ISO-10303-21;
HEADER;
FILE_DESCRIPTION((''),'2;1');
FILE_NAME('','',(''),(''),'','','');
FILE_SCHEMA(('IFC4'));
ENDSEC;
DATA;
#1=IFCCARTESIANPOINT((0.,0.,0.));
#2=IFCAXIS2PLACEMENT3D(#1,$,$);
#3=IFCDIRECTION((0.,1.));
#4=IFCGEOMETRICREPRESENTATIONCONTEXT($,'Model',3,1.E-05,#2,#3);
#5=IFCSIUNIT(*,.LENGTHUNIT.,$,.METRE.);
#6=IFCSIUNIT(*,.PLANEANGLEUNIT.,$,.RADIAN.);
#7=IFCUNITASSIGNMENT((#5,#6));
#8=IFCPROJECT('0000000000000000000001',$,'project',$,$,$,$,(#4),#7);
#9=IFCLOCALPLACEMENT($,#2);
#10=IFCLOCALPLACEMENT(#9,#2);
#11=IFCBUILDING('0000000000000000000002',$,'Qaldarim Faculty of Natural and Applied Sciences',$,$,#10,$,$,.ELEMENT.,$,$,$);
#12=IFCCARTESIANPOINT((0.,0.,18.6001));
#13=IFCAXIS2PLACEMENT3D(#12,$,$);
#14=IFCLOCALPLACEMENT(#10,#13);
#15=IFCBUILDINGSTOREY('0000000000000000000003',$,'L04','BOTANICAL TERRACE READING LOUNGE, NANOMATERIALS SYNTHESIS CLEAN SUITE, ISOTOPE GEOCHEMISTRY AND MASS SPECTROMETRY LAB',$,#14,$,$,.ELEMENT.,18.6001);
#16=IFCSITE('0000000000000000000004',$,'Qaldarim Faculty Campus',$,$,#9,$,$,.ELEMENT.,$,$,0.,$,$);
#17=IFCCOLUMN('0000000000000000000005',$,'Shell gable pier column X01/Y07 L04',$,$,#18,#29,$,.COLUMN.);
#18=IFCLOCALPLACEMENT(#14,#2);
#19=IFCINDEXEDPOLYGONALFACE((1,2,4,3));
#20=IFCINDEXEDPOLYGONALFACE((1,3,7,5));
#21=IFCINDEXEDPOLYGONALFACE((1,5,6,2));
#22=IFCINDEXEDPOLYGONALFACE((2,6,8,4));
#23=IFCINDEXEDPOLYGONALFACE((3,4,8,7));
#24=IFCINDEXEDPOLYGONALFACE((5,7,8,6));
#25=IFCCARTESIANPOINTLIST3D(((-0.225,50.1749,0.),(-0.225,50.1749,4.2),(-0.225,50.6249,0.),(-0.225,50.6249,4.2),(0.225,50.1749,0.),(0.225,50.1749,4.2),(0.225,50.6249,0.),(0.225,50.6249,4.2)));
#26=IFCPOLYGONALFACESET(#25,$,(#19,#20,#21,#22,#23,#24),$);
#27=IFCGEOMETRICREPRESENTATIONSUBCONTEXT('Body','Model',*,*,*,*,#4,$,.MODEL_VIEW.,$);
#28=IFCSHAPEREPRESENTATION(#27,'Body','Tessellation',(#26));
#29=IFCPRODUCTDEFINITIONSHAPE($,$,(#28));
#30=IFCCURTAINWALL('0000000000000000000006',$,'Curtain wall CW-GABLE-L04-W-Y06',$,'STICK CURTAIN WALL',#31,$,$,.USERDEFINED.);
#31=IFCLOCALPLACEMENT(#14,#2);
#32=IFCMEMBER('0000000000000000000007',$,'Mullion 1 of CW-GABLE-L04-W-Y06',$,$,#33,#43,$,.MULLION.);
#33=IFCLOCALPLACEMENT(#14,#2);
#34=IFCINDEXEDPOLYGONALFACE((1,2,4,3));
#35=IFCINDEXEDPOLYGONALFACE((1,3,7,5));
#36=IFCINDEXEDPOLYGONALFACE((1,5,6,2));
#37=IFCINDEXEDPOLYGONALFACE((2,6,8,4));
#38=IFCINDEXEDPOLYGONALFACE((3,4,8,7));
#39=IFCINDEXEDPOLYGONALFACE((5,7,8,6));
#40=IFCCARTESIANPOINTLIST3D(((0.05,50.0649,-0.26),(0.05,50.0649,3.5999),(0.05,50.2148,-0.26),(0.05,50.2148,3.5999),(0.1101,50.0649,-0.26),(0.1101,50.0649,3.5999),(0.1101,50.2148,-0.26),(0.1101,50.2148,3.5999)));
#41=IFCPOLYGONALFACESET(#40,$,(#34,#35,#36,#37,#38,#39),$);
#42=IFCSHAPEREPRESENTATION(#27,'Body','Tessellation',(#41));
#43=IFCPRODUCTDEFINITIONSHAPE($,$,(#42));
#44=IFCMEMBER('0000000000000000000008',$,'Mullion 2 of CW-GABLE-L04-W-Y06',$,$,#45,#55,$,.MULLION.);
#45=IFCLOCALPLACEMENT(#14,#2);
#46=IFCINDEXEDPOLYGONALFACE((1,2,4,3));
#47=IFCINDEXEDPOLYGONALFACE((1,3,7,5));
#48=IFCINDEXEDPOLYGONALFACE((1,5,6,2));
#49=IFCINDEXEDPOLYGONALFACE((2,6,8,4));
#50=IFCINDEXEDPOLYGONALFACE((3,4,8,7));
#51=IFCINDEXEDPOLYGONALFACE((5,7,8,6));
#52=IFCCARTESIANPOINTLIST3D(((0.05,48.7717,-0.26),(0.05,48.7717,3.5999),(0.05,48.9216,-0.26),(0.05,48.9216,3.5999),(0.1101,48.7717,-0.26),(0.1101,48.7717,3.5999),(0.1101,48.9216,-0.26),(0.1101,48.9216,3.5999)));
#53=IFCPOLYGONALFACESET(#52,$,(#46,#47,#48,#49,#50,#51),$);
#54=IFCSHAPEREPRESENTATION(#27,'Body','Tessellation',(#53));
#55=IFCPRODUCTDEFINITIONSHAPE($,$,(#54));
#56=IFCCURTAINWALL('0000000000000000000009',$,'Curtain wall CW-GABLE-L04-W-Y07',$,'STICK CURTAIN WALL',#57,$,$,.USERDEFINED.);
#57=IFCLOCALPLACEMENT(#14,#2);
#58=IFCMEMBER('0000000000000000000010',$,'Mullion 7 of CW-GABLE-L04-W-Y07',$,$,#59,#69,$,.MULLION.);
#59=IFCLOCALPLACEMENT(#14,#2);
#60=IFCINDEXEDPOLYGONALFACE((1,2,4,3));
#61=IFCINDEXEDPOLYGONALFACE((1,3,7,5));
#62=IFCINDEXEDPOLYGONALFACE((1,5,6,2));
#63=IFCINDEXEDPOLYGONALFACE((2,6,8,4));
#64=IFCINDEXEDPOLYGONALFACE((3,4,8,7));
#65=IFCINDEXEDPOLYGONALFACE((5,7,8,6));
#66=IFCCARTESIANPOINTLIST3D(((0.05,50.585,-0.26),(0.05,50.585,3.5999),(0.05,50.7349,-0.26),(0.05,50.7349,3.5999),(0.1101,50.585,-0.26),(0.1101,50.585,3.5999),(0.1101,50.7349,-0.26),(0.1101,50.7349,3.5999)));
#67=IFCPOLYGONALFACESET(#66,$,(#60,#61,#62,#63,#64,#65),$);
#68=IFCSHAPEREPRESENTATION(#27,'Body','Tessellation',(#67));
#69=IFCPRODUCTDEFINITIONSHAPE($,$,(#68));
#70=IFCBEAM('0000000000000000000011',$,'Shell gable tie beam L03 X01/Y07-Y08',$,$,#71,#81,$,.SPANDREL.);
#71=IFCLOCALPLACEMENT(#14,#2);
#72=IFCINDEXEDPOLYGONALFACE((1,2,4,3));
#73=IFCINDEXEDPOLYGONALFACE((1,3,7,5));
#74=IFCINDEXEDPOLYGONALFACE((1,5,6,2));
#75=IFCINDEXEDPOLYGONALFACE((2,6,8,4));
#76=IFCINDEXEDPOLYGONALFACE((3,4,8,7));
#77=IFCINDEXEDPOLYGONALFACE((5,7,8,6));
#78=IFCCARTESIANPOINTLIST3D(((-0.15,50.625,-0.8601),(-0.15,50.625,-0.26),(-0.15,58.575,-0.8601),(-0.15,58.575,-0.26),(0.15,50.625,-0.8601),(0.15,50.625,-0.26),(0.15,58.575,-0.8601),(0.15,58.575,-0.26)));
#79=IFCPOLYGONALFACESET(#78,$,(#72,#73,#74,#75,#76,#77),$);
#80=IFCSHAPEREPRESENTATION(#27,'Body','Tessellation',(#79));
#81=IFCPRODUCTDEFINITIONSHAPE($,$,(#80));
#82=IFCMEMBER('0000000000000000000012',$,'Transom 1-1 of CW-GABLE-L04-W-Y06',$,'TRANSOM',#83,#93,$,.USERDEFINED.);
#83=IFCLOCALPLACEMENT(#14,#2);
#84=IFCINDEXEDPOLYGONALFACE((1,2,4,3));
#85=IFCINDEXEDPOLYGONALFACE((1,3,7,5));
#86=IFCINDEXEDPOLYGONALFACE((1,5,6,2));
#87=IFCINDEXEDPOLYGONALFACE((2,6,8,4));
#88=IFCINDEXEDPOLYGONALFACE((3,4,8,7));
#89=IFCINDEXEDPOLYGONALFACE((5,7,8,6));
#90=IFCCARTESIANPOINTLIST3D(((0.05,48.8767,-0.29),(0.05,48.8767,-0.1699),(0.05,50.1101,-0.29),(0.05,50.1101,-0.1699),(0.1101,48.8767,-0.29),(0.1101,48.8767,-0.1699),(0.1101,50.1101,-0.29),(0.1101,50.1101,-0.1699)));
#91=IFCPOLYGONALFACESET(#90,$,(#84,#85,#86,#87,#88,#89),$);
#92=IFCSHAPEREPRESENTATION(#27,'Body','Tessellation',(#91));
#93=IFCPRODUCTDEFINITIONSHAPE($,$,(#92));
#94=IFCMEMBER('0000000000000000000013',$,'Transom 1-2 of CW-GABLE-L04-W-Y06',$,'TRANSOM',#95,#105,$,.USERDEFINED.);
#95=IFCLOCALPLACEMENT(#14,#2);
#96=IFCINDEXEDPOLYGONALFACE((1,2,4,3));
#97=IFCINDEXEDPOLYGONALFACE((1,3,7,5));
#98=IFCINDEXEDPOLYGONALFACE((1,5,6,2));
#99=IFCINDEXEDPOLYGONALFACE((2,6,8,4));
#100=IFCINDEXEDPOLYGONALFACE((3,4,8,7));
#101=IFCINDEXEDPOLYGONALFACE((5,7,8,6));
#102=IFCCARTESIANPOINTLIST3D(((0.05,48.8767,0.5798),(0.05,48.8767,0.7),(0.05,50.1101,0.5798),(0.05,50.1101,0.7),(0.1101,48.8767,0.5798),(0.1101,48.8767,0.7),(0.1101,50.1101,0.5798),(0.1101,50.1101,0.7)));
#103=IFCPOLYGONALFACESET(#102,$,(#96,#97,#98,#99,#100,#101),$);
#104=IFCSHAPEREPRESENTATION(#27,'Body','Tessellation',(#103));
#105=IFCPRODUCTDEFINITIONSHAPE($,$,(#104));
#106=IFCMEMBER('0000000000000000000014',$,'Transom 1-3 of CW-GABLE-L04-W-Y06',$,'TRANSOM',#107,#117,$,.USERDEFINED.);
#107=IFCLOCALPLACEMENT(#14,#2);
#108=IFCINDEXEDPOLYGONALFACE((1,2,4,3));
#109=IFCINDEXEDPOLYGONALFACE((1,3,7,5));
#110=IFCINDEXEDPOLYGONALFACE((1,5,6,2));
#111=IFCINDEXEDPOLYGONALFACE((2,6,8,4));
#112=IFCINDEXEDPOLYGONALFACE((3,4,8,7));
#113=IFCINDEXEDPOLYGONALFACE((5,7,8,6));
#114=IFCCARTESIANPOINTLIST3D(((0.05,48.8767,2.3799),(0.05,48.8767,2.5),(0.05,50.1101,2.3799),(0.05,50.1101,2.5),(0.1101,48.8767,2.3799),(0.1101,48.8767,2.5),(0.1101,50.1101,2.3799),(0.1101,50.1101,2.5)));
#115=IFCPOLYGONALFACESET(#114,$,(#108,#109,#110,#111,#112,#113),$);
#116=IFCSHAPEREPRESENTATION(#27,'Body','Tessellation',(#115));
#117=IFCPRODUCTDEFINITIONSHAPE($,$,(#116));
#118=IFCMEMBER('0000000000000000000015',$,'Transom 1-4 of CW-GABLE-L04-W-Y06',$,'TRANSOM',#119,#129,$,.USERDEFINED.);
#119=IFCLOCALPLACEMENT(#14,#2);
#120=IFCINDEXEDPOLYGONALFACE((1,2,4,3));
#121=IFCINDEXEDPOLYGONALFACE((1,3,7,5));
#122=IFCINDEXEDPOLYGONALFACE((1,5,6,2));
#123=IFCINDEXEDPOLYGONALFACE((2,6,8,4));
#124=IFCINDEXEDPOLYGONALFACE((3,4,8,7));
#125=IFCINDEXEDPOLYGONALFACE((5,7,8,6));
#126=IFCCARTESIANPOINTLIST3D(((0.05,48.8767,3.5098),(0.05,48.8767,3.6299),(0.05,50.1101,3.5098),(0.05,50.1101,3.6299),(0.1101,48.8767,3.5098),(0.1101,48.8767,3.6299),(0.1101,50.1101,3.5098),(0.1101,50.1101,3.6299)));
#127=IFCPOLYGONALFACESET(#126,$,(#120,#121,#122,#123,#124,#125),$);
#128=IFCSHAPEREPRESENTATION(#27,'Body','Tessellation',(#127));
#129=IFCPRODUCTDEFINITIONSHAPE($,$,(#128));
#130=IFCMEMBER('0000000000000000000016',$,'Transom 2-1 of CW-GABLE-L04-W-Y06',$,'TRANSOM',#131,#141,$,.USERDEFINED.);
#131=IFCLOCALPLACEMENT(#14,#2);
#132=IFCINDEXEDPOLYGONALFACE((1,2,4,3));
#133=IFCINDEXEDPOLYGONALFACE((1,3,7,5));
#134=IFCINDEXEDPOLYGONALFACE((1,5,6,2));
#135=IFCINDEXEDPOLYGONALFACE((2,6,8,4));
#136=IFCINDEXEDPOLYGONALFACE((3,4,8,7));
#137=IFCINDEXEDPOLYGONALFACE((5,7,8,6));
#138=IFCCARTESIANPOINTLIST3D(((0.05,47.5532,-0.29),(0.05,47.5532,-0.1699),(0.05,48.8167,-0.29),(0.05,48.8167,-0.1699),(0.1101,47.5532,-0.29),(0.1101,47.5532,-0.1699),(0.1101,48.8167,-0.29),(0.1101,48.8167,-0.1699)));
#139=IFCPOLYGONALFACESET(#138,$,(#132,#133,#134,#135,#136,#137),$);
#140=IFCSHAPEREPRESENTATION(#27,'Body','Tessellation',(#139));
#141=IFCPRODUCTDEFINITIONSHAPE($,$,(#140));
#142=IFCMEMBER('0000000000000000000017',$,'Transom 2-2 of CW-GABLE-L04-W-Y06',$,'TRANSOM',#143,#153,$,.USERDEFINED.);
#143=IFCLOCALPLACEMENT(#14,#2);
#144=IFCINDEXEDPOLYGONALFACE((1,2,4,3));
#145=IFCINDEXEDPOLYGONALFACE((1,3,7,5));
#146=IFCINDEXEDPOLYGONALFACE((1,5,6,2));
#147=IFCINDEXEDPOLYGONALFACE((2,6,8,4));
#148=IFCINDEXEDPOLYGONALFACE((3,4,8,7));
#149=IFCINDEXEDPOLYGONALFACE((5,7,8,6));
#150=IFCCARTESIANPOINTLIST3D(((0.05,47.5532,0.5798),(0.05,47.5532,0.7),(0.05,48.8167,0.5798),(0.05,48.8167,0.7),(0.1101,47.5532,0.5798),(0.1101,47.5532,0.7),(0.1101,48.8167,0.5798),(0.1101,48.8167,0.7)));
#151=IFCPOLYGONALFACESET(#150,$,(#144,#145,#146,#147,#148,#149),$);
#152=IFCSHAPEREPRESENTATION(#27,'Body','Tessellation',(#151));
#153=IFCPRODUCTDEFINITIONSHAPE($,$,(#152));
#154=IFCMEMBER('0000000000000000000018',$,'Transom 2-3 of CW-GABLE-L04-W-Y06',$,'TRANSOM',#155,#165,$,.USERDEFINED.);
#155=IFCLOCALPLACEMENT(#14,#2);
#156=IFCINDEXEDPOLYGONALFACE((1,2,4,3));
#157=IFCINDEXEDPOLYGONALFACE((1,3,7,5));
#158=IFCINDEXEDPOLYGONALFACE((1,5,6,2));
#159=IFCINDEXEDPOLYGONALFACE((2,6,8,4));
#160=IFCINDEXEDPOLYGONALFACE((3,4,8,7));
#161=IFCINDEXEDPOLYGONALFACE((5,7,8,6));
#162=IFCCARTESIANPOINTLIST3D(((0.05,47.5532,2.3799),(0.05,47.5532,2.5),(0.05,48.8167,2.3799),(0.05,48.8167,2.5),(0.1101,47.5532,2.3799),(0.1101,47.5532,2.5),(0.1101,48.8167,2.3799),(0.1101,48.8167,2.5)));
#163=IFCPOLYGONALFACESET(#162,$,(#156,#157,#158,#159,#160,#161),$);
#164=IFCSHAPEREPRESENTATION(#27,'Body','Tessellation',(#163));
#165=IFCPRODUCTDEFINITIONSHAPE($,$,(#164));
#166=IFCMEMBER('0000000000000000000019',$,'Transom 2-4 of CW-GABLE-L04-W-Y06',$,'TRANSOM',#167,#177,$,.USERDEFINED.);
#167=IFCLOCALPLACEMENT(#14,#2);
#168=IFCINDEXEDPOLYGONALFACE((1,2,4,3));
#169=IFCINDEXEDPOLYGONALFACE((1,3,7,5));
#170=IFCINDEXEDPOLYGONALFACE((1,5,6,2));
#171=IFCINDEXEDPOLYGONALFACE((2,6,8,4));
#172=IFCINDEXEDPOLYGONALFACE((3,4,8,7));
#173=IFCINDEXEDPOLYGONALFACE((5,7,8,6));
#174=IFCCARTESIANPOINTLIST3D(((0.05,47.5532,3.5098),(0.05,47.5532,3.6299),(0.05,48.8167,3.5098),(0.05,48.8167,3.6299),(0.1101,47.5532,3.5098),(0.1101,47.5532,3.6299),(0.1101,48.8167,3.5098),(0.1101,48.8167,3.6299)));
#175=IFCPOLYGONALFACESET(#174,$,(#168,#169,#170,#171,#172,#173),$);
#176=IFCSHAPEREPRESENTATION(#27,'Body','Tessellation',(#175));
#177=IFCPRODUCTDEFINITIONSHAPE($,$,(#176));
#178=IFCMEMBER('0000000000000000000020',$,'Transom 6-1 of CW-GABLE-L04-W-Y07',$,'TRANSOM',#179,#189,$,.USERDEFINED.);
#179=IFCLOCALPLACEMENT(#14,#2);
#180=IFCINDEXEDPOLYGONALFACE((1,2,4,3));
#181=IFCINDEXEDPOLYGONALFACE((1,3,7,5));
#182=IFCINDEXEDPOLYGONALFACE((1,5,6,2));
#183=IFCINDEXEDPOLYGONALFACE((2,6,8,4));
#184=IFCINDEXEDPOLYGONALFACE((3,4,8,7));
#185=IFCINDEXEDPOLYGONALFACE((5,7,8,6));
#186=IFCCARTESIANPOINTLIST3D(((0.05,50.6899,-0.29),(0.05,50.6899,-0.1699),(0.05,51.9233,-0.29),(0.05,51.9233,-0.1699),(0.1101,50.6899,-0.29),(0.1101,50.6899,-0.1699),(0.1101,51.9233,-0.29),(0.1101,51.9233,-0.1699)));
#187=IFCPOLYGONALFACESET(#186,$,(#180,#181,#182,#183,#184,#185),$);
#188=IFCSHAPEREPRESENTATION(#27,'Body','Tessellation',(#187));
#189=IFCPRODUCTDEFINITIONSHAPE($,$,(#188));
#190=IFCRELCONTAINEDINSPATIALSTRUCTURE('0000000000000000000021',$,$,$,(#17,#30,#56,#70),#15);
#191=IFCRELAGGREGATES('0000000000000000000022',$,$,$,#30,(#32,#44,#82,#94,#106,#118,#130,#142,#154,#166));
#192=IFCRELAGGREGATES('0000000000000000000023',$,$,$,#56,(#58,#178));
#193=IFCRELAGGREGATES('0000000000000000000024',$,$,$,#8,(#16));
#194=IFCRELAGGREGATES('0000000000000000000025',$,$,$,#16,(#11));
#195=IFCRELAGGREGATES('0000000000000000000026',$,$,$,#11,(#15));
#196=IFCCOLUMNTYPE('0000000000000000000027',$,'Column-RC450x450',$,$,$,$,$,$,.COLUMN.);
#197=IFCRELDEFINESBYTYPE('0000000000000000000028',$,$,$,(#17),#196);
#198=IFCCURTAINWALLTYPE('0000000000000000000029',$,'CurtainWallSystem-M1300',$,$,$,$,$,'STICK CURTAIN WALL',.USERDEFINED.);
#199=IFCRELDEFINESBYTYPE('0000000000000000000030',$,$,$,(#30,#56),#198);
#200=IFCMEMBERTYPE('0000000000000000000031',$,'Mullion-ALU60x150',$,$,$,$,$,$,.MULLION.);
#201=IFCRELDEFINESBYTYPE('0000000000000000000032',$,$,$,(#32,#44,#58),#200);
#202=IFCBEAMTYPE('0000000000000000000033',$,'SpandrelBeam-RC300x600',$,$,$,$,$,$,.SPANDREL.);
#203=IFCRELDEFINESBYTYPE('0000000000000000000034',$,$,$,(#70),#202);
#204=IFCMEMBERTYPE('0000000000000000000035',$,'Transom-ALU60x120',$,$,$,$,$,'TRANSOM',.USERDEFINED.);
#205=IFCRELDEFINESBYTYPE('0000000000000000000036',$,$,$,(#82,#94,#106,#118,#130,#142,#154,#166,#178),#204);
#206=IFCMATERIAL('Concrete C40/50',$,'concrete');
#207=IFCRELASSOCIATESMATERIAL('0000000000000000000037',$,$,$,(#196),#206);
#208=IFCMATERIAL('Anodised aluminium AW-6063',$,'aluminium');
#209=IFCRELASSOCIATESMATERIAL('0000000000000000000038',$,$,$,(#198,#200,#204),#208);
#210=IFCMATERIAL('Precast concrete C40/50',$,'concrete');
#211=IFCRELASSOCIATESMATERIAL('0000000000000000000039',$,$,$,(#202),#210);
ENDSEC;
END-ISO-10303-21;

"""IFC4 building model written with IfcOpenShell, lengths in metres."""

from ifc_helpers import new_model, si_unit, direction, frame, origin, origin_2d, place, context, subcontext, project, spatial, rectangle, extrude, material, material_profile, profile_set, type_object, element, aggregate, save


model = new_model("IFC4")

# Units and contexts
model_context = context("Model", 3, precision=1e-05, world=origin(), true_north=direction((0.0, 1.0)))
body_context = subcontext(model_context, "Body", "Model", "MODEL_VIEW")
ifc_project = project(units=[si_unit("LENGTHUNIT", "METRE"), si_unit("PLANEANGLEUNIT", "RADIAN")], contexts=[model_context])

# Site, building, storey
site_placement = place(None, origin())
site = spatial("IfcSite", under=ifc_project, at=site_placement, Name="Qaldarim Faculty Campus", CompositionType="ELEMENT", RefElevation=0.0)
building_placement = place(site_placement, origin())
building = spatial("IfcBuilding", under=site, at=building_placement, Name="Qaldarim Faculty of Natural and Applied Sciences", CompositionType="ELEMENT")
storey_placement = place(building_placement, frame((0.0, 0.0, 18.6001)))
storey = spatial("IfcBuildingStorey", under=building, at=storey_placement, Name="L04", Description="BOTANICAL TERRACE READING LOUNGE, NANOMATERIALS SYNTHESIS CLEAN SUITE, ISOTOPE GEOCHEMISTRY AND MASS SPECTROMETRY LAB", CompositionType="ELEMENT", Elevation=18.6001)

# Column
ifc_material_1 = material(Name="Concrete C40/50", Category="concrete")
ifc_material_profile_1 = material_profile(ifc_material_1, rectangle(XDim=0.45, YDim=0.45, at=origin_2d()), Name="RC-C450x450")
ifc_profile_set_1 = profile_set([ifc_material_profile_1], Name="Concrete C40/50")
column_type = type_object("IfcColumnType", Name="Column-RC450x450", PredefinedType="COLUMN", material=ifc_profile_set_1)
column_placement = place(storey_placement, frame((0.0, 50.3999, 0.0), z_axis=(0.0, 0.0, 1.0), x_axis=(1.0, 0.0, 0.0)))
element("IfcColumn", 1, at=column_placement, inside=storey, type_object=column_type, Name="Shell gable pier column X01/Y07 L04", PredefinedType="COLUMN", context=body_context, shape_type="SweptSolid", body=[
    extrude(rectangle(XDim=0.45, YDim=0.45, at=origin_2d()), origin(), (0.0, 0.0, 1.0), 4.2),
])

# Curtain wall, members
ifc_material_2 = material(Name="Anodised aluminium AW-6063", Category="aluminium")
curtain_wall_type = type_object("IfcCurtainWallType", Name="CurtainWallSystem-M1300", ElementType="STICK CURTAIN WALL", PredefinedType="USERDEFINED", material=ifc_material_2)
curtain_wall_1_placement = place(storey_placement, origin())
curtain_wall_1 = element("IfcCurtainWall", 2, at=curtain_wall_1_placement, inside=storey, type_object=curtain_wall_type, Name="Curtain wall CW-GABLE-L04-W-Y06", ObjectType="STICK CURTAIN WALL", PredefinedType="USERDEFINED")
ifc_material_profile_2 = material_profile(ifc_material_2, rectangle(XDim=0.0601, YDim=0.1499, at=origin_2d()), Name="ALU-M60x150")
ifc_profile_set_2 = profile_set([ifc_material_profile_2], Name="Anodised aluminium AW-6063")
member_type_1 = type_object("IfcMemberType", Name="Mullion-ALU60x150", PredefinedType="MULLION", material=ifc_profile_set_2)
member_1_placement = place(storey_placement, frame((0.0801, 50.1399, -0.26), z_axis=(0.0, 0.0, 1.0), x_axis=(1.0, 0.0, 0.0)))
member_1 = element("IfcMember", 3, at=member_1_placement, type_object=member_type_1, Name="Mullion 1 of CW-GABLE-L04-W-Y06", PredefinedType="MULLION", context=body_context, shape_type="SweptSolid", body=[
    extrude(rectangle(XDim=0.0601, YDim=0.1499, at=origin_2d()), origin(), (0.0, 0.0, 1.0), 3.8599),
])
member_2_placement = place(storey_placement, frame((0.0801, 48.8467, -0.26), z_axis=(0.0, 0.0, 1.0), x_axis=(1.0, 0.0, 0.0)))
member_2 = element("IfcMember", 4, at=member_2_placement, type_object=member_type_1, Name="Mullion 2 of CW-GABLE-L04-W-Y06", PredefinedType="MULLION", context=body_context, shape_type="SweptSolid", body=[
    extrude(rectangle(XDim=0.0601, YDim=0.1499, at=origin_2d()), origin(), (0.0, 0.0, 1.0), 3.8599),
])

# Curtain wall, member
curtain_wall_2_placement = place(storey_placement, origin())
curtain_wall_2 = element("IfcCurtainWall", 5, at=curtain_wall_2_placement, inside=storey, type_object=curtain_wall_type, Name="Curtain wall CW-GABLE-L04-W-Y07", ObjectType="STICK CURTAIN WALL", PredefinedType="USERDEFINED")
member_3_placement = place(storey_placement, frame((0.0801, 50.6599, -0.26), z_axis=(0.0, 0.0, 1.0), x_axis=(1.0, 0.0, 0.0)))
member_3 = element("IfcMember", 6, at=member_3_placement, type_object=member_type_1, Name="Mullion 7 of CW-GABLE-L04-W-Y07", PredefinedType="MULLION", context=body_context, shape_type="SweptSolid", body=[
    extrude(rectangle(XDim=0.0601, YDim=0.1499, at=origin_2d()), origin(), (0.0, 0.0, 1.0), 3.8599),
])

# Beam
ifc_material_3 = material(Name="Precast concrete C40/50", Category="concrete")
ifc_material_profile_3 = material_profile(ifc_material_3, rectangle(XDim=0.3, YDim=0.6001, at=origin_2d()), Name="RC-SP300x600")
ifc_profile_set_3 = profile_set([ifc_material_profile_3], Name="Precast concrete C40/50")
beam_type = type_object("IfcBeamType", Name="SpandrelBeam-RC300x600", PredefinedType="SPANDREL", material=ifc_profile_set_3)
beam_placement = place(storey_placement, frame((0.0, 50.625, -0.5601), z_axis=(0.0, 1.0, 0.0), x_axis=(-1.0, 0.0, 0.0)))
element("IfcBeam", 7, at=beam_placement, inside=storey, type_object=beam_type, Name="Shell gable tie beam L03 X01/Y07-Y08", PredefinedType="SPANDREL", context=body_context, shape_type="SweptSolid", body=[
    extrude(rectangle(XDim=0.3, YDim=0.6001, at=origin_2d()), origin(), (0.0, 0.0, 1.0), 7.95),
])

# Members
ifc_material_profile_4 = material_profile(ifc_material_2, rectangle(XDim=0.0601, YDim=0.1201, at=origin_2d()), Name="ALU-T60x120")
ifc_profile_set_4 = profile_set([ifc_material_profile_4], Name="Anodised aluminium AW-6063")
member_type_2 = type_object("IfcMemberType", Name="Transom-ALU60x120", ElementType="TRANSOM", PredefinedType="USERDEFINED", material=ifc_profile_set_4)
member_4_placement = place(storey_placement, frame((0.0801, 50.1101, -0.23), z_axis=(0.0, -1.0, 0.0), x_axis=(1.0, 0.0, 0.0)))
member_4 = element("IfcMember", 8, at=member_4_placement, type_object=member_type_2, Name="Transom 1-1 of CW-GABLE-L04-W-Y06", ObjectType="TRANSOM", PredefinedType="USERDEFINED", context=body_context, shape_type="SweptSolid", body=[
    extrude(rectangle(XDim=0.0601, YDim=0.1201, at=origin_2d()), origin(), (0.0, 0.0, 1.0), 1.2334),
])
member_5_placement = place(storey_placement, frame((0.0801, 50.1101, 0.6399), z_axis=(0.0, -1.0, 0.0), x_axis=(1.0, 0.0, 0.0)))
member_5 = element("IfcMember", 9, at=member_5_placement, type_object=member_type_2, Name="Transom 1-2 of CW-GABLE-L04-W-Y06", ObjectType="TRANSOM", PredefinedType="USERDEFINED", context=body_context, shape_type="SweptSolid", body=[
    extrude(rectangle(XDim=0.0601, YDim=0.1201, at=origin_2d()), origin(), (0.0, 0.0, 1.0), 1.2334),
])
member_6_placement = place(storey_placement, frame((0.0801, 50.1101, 2.4399), z_axis=(0.0, -1.0, 0.0), x_axis=(1.0, 0.0, 0.0)))
member_6 = element("IfcMember", 10, at=member_6_placement, type_object=member_type_2, Name="Transom 1-3 of CW-GABLE-L04-W-Y06", ObjectType="TRANSOM", PredefinedType="USERDEFINED", context=body_context, shape_type="SweptSolid", body=[
    extrude(rectangle(XDim=0.0601, YDim=0.1201, at=origin_2d()), origin(), (0.0, 0.0, 1.0), 1.2334),
])
member_7_placement = place(storey_placement, frame((0.0801, 50.1101, 3.5698), z_axis=(0.0, -1.0, 0.0), x_axis=(1.0, 0.0, 0.0)))
member_7 = element("IfcMember", 11, at=member_7_placement, type_object=member_type_2, Name="Transom 1-4 of CW-GABLE-L04-W-Y06", ObjectType="TRANSOM", PredefinedType="USERDEFINED", context=body_context, shape_type="SweptSolid", body=[
    extrude(rectangle(XDim=0.0601, YDim=0.1201, at=origin_2d()), origin(), (0.0, 0.0, 1.0), 1.2334),
])
member_8_placement = place(storey_placement, frame((0.0801, 48.8167, -0.23), z_axis=(0.0, -1.0, 0.0), x_axis=(1.0, 0.0, 0.0)))
member_8 = element("IfcMember", 12, at=member_8_placement, type_object=member_type_2, Name="Transom 2-1 of CW-GABLE-L04-W-Y06", ObjectType="TRANSOM", PredefinedType="USERDEFINED", context=body_context, shape_type="SweptSolid", body=[
    extrude(rectangle(XDim=0.0601, YDim=0.1201, at=origin_2d()), origin(), (0.0, 0.0, 1.0), 1.2634),
])
member_9_placement = place(storey_placement, frame((0.0801, 48.8167, 0.6399), z_axis=(0.0, -1.0, 0.0), x_axis=(1.0, 0.0, 0.0)))
member_9 = element("IfcMember", 13, at=member_9_placement, type_object=member_type_2, Name="Transom 2-2 of CW-GABLE-L04-W-Y06", ObjectType="TRANSOM", PredefinedType="USERDEFINED", context=body_context, shape_type="SweptSolid", body=[
    extrude(rectangle(XDim=0.0601, YDim=0.1201, at=origin_2d()), origin(), (0.0, 0.0, 1.0), 1.2634),
])
member_10_placement = place(storey_placement, frame((0.0801, 48.8167, 2.4399), z_axis=(0.0, -1.0, 0.0), x_axis=(1.0, 0.0, 0.0)))
member_10 = element("IfcMember", 14, at=member_10_placement, type_object=member_type_2, Name="Transom 2-3 of CW-GABLE-L04-W-Y06", ObjectType="TRANSOM", PredefinedType="USERDEFINED", context=body_context, shape_type="SweptSolid", body=[
    extrude(rectangle(XDim=0.0601, YDim=0.1201, at=origin_2d()), origin(), (0.0, 0.0, 1.0), 1.2634),
])
member_11_placement = place(storey_placement, frame((0.0801, 48.8167, 3.5698), z_axis=(0.0, -1.0, 0.0), x_axis=(1.0, 0.0, 0.0)))
member_11 = element("IfcMember", 15, at=member_11_placement, type_object=member_type_2, Name="Transom 2-4 of CW-GABLE-L04-W-Y06", ObjectType="TRANSOM", PredefinedType="USERDEFINED", context=body_context, shape_type="SweptSolid", body=[
    extrude(rectangle(XDim=0.0601, YDim=0.1201, at=origin_2d()), origin(), (0.0, 0.0, 1.0), 1.2634),
])
member_12_placement = place(storey_placement, frame((0.0801, 51.9233, -0.23), z_axis=(0.0, -1.0, 0.0), x_axis=(1.0, 0.0, 0.0)))
member_12 = element("IfcMember", 16, at=member_12_placement, type_object=member_type_2, Name="Transom 6-1 of CW-GABLE-L04-W-Y07", ObjectType="TRANSOM", PredefinedType="USERDEFINED", context=body_context, shape_type="SweptSolid", body=[
    extrude(rectangle(XDim=0.0601, YDim=0.1201, at=origin_2d()), origin(), (0.0, 0.0, 1.0), 1.2334),
])

aggregate(curtain_wall_1, [member_1, member_2, member_4, member_5, member_6, member_7, member_8, member_9, member_10, member_11])
aggregate(curtain_wall_2, [member_3, member_12])

save(model, "model.ifc")
